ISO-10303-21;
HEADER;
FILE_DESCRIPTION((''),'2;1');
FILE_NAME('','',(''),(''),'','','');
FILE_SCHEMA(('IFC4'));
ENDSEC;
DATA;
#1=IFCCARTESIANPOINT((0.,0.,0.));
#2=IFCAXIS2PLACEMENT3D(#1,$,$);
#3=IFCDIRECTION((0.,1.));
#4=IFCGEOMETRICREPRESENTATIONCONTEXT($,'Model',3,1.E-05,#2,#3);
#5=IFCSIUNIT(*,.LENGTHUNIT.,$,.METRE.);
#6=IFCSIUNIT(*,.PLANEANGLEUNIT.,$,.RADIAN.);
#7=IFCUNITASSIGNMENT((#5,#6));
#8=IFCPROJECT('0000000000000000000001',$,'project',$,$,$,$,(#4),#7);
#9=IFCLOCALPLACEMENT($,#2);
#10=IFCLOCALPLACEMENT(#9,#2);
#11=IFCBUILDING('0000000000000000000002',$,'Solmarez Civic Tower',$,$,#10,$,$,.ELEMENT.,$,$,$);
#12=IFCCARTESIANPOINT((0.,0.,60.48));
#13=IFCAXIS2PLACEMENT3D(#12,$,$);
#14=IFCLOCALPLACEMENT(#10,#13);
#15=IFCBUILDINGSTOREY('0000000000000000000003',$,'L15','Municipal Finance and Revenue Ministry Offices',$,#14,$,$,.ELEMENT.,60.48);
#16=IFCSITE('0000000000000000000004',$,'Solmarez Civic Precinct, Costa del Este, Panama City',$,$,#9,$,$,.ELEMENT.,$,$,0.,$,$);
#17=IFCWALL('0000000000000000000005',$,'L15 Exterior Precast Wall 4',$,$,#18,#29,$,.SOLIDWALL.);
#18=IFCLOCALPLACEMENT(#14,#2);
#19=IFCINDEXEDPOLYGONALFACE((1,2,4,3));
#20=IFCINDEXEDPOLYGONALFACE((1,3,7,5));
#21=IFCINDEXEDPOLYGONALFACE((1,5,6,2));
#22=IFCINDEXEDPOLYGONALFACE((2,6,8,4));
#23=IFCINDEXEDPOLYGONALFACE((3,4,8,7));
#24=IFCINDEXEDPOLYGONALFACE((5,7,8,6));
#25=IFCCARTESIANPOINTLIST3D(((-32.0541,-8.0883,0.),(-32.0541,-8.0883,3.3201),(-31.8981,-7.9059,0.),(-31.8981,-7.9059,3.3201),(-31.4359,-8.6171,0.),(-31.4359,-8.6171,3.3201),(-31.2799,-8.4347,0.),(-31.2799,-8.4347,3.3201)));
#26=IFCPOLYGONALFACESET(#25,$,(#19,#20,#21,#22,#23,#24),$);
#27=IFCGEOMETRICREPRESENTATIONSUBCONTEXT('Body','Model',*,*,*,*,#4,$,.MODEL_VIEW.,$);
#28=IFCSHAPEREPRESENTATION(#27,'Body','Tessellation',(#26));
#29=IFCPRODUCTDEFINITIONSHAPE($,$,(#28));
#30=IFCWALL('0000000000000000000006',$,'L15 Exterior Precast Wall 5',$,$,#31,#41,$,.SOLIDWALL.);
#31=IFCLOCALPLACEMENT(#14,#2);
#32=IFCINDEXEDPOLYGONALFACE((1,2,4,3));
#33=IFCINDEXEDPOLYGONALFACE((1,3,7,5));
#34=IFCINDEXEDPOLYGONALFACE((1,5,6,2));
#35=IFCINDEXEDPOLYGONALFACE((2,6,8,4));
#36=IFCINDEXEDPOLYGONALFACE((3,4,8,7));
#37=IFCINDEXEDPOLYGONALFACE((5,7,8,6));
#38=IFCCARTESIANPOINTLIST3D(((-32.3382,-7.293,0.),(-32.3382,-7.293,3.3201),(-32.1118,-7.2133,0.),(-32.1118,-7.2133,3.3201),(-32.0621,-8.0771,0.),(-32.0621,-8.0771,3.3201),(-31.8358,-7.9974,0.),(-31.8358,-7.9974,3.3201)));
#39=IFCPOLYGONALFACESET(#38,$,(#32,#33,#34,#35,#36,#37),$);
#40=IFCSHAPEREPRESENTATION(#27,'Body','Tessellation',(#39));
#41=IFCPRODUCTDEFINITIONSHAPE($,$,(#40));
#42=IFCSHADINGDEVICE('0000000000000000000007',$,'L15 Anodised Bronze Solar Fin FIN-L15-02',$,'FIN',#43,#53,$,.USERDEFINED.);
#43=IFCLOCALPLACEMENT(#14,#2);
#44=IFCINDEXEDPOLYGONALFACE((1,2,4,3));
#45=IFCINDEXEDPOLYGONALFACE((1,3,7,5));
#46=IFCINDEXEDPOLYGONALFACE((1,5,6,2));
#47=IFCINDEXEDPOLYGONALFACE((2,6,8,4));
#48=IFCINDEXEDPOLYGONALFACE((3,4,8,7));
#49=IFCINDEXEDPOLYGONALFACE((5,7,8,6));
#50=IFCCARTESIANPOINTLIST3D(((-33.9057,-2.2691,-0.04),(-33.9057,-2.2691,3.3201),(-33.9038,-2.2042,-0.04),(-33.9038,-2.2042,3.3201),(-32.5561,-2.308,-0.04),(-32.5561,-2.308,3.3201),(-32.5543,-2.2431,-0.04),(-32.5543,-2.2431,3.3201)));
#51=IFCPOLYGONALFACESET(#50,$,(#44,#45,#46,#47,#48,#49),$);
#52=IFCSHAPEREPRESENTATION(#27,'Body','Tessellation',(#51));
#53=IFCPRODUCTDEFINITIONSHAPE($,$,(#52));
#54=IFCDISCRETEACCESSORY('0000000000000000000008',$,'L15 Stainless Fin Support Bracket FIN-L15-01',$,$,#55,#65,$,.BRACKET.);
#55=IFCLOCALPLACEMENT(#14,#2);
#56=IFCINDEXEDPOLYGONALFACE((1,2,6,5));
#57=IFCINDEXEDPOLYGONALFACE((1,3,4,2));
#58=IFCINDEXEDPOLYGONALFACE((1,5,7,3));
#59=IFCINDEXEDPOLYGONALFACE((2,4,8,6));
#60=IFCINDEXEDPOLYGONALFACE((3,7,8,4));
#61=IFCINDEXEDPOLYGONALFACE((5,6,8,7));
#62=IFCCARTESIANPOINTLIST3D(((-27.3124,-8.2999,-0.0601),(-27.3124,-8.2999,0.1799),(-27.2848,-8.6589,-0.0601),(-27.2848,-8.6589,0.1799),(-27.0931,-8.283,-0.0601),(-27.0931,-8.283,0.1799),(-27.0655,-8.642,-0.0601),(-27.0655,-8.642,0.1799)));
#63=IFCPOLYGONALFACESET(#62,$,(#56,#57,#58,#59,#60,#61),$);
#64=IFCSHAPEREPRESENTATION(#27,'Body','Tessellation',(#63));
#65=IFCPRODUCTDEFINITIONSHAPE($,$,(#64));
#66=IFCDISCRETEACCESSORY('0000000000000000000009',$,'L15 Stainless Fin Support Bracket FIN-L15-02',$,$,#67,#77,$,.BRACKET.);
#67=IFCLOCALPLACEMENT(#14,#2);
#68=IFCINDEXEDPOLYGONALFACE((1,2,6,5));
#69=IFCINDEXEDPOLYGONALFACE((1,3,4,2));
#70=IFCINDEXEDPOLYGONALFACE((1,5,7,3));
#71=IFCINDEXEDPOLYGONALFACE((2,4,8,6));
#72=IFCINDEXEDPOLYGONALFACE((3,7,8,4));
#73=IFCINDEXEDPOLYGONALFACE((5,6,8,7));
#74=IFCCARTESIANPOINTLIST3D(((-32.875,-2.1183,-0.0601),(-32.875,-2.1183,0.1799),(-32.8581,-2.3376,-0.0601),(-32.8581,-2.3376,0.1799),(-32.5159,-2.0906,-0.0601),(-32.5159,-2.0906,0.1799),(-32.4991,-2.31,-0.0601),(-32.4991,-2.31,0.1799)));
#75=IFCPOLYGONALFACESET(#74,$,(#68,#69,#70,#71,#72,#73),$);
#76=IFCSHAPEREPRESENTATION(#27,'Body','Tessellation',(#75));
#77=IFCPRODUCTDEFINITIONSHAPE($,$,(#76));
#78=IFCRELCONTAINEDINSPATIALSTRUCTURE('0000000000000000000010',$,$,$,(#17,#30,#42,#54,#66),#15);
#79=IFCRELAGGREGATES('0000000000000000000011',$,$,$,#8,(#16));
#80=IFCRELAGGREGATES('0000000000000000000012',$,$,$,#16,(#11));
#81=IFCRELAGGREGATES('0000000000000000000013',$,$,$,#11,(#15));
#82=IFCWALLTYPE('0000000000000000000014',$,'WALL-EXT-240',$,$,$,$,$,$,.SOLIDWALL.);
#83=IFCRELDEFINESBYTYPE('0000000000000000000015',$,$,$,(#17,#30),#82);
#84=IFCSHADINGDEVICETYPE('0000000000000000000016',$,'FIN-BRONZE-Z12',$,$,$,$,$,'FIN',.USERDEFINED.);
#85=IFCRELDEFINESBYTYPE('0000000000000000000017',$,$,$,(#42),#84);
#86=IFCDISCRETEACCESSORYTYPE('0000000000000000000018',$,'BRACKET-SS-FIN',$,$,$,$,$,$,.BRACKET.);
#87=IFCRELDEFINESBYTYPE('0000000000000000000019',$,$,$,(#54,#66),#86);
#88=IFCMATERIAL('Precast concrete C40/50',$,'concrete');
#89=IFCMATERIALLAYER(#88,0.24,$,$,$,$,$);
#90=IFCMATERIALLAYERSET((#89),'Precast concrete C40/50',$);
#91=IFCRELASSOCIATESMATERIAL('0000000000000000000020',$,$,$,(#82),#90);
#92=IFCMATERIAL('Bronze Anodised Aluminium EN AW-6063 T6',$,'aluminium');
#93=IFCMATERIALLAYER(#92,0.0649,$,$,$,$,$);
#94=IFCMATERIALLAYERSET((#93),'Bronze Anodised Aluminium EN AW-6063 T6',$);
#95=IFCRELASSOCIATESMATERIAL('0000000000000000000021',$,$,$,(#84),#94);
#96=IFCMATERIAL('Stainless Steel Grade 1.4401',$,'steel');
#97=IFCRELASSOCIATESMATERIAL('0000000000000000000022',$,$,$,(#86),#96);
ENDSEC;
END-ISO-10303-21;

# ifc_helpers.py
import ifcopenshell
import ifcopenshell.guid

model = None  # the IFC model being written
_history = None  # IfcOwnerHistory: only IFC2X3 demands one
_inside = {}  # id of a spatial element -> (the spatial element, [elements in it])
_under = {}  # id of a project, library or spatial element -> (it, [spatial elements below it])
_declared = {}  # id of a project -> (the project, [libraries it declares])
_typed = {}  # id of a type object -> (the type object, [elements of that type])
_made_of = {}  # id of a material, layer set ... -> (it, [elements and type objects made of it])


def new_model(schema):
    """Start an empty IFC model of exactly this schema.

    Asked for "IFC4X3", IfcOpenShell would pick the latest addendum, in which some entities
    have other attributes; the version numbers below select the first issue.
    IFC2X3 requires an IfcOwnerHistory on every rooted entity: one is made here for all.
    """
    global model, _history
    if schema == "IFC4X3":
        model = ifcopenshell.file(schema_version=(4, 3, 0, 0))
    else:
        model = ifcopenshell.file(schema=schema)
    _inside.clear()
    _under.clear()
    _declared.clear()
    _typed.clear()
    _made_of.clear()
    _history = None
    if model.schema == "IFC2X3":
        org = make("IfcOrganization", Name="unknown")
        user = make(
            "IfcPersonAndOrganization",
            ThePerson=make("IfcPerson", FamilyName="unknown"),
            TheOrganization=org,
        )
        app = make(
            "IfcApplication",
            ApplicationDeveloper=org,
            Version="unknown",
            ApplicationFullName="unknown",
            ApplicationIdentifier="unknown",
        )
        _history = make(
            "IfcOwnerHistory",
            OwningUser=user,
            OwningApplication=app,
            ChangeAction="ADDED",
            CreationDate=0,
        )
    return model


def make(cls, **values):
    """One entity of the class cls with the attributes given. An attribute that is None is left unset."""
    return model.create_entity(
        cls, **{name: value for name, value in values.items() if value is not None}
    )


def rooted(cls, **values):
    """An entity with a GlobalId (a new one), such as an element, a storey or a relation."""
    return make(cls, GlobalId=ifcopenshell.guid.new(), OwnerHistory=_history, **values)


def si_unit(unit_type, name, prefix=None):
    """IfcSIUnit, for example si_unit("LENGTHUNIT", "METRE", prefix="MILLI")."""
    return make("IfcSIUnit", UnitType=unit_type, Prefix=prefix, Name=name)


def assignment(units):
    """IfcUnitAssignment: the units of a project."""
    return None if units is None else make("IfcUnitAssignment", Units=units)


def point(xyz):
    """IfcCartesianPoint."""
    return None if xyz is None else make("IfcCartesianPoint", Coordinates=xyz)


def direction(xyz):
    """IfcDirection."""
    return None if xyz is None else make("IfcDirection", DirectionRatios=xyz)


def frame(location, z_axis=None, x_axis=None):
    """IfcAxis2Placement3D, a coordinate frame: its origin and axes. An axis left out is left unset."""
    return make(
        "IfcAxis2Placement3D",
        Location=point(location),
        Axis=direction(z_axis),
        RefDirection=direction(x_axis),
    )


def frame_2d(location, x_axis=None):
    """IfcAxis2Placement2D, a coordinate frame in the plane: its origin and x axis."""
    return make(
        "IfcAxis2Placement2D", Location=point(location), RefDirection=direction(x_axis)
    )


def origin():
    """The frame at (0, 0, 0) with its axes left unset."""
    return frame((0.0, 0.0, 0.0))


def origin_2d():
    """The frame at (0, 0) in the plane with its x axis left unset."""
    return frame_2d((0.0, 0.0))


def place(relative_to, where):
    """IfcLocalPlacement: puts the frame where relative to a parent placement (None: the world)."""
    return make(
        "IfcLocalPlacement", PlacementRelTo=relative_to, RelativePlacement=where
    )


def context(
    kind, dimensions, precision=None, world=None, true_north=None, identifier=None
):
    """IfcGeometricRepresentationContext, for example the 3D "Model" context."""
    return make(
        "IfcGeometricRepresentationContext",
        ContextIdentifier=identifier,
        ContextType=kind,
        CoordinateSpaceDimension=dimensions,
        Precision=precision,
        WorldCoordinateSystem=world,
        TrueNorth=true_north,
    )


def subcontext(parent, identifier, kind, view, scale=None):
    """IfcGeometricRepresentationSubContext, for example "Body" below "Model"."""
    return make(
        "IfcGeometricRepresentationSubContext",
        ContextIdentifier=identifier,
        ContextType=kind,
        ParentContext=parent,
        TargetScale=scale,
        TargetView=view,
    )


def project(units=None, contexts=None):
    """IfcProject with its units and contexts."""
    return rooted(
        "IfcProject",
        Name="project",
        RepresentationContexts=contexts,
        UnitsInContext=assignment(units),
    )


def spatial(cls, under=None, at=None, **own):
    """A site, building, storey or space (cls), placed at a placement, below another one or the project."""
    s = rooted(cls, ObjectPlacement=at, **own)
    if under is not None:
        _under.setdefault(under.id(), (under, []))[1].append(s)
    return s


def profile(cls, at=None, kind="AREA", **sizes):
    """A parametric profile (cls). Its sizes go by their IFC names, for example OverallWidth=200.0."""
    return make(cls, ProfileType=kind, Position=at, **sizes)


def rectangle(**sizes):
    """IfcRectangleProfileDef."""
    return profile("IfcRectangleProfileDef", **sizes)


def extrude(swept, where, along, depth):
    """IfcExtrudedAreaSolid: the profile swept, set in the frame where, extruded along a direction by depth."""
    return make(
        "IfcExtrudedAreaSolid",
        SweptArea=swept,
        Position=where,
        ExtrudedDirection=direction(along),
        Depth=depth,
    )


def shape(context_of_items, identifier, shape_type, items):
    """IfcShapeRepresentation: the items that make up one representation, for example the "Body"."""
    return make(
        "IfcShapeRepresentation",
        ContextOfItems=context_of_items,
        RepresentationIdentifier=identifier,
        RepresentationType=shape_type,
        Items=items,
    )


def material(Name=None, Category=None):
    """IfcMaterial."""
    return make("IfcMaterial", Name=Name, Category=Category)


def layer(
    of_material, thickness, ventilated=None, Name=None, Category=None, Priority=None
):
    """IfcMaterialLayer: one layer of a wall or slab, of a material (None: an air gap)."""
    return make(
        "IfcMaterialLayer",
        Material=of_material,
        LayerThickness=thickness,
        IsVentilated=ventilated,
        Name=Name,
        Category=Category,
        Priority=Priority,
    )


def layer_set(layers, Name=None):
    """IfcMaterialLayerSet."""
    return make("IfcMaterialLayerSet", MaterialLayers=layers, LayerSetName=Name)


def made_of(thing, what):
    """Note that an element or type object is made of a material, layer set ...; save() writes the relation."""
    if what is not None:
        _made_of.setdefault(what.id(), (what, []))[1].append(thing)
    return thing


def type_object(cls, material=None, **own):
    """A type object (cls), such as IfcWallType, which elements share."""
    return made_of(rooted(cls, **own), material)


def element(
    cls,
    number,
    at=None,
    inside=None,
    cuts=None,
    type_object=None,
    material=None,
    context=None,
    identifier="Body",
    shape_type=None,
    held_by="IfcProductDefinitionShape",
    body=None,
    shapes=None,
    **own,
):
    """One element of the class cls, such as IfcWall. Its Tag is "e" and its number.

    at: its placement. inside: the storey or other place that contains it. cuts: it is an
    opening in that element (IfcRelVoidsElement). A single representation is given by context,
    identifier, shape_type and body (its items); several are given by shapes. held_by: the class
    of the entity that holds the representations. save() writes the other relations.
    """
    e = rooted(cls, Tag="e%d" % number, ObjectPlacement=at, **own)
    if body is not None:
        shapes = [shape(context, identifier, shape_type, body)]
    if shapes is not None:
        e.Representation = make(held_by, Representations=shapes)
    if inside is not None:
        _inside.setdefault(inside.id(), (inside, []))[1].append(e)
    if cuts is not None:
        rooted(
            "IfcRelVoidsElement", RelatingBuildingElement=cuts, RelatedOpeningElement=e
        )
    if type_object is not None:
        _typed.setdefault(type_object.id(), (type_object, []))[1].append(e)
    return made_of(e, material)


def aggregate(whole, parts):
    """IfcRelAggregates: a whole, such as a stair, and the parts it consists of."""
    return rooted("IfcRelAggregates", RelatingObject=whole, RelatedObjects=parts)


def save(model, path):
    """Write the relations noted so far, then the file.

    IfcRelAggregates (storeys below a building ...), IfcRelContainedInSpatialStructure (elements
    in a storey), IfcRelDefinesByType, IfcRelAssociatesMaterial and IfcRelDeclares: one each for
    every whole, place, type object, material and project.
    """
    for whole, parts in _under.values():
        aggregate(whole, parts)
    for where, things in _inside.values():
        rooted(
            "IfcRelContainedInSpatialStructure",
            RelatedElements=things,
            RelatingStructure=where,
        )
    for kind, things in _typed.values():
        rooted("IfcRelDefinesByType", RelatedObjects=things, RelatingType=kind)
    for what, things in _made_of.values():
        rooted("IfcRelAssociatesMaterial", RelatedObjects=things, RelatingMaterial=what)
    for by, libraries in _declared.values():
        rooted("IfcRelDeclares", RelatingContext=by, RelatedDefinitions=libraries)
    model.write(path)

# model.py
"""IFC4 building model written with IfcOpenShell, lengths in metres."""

from ifc_helpers import new_model, si_unit, direction, frame, frame_2d, origin, origin_2d, place, context, subcontext, project, spatial, rectangle, extrude, material, layer, layer_set, type_object, element, save


model = new_model("IFC4")

# Units and contexts
model_context = context("Model", 3, precision=1e-05, world=origin(), true_north=direction((0.0, 1.0)))
body_context = subcontext(model_context, "Body", "Model", "MODEL_VIEW")
ifc_project = project(units=[si_unit("LENGTHUNIT", "METRE"), si_unit("PLANEANGLEUNIT", "RADIAN")], contexts=[model_context])

# Site, building, storey
site_placement = place(None, origin())
site = spatial("IfcSite", under=ifc_project, at=site_placement, Name="Solmarez Civic Precinct, Costa del Este, Panama City", CompositionType="ELEMENT", RefElevation=0.0)
building_placement = place(site_placement, origin())
building = spatial("IfcBuilding", under=site, at=building_placement, Name="Solmarez Civic Tower", CompositionType="ELEMENT")
storey_placement = place(building_placement, frame((0.0, 0.0, 60.48)))
storey = spatial("IfcBuildingStorey", under=building, at=storey_placement, Name="L15", Description="Municipal Finance and Revenue Ministry Offices", CompositionType="ELEMENT", Elevation=60.48)

# Shared definitions
ifc_material_1 = material(Name="Bronze Anodised Aluminium EN AW-6063 T6", Category="aluminium")

# Walls
ifc_material_2 = material(Name="Precast concrete C40/50", Category="concrete")
ifc_layer_1 = layer(ifc_material_2, 0.24)
ifc_layer_set_1 = layer_set([ifc_layer_1], Name="Precast concrete C40/50")
wall_type = type_object("IfcWallType", Name="WALL-EXT-240", PredefinedType="SOLIDWALL", material=ifc_layer_set_1)
wall_1_placement = place(storey_placement, frame((-31.3579, -8.5259, 0.0), z_axis=(0.0, 0.0, 1.0), x_axis=(-0.759892, 0.65005, 0.0)))
element("IfcWall", 1, at=wall_1_placement, inside=storey, type_object=wall_type, Name="L15 Exterior Precast Wall 4", PredefinedType="SOLIDWALL", context=body_context, shape_type="SweptSolid", body=[
    extrude(rectangle(XDim=0.8135, YDim=0.24, at=frame_2d((0.4067, 0.0))), origin(), (0.0, 0.0, 1.0), 3.3201),
])
wall_2_placement = place(storey_placement, frame((-31.949, -8.0371, 0.0), z_axis=(0.0, 0.0, 1.0), x_axis=(-0.332129, 0.943234, 0.0)))
element("IfcWall", 2, at=wall_2_placement, inside=storey, type_object=wall_type, Name="L15 Exterior Precast Wall 5", PredefinedType="SOLIDWALL", context=body_context, shape_type="SweptSolid", body=[
    extrude(rectangle(XDim=0.8313, YDim=0.24, at=frame_2d((0.4155, 0.0))), origin(), (0.0, 0.0, 1.0), 3.3201),
])

# Shading device
ifc_layer_2 = layer(ifc_material_1, 0.0649)
ifc_layer_set_2 = layer_set([ifc_layer_2], Name="Bronze Anodised Aluminium EN AW-6063 T6")
shading_device_type = type_object("IfcShadingDeviceType", Name="FIN-BRONZE-Z12", ElementType="FIN", PredefinedType="USERDEFINED", material=ifc_layer_set_2)
shading_device_placement = place(storey_placement, frame((-33.23, -2.2561, -0.04), z_axis=(0.0, 0.0, 1.0), x_axis=(-0.999586, 0.028759, 0.0)))
element("IfcShadingDevice", 3, at=shading_device_placement, inside=storey, type_object=shading_device_type, Name="L15 Anodised Bronze Solar Fin FIN-L15-02", ObjectType="FIN", PredefinedType="USERDEFINED", context=body_context, shape_type="SweptSolid", body=[
    extrude(rectangle(XDim=1.3501, YDim=0.0649, at=origin_2d()), origin(), (0.0, 0.0, 1.0), 3.3601),
])

# Discrete accessories
ifc_material_3 = material(Name="Stainless Steel Grade 1.4401", Category="steel")
discrete_accessory_type = type_object("IfcDiscreteAccessoryType", Name="BRACKET-SS-FIN", PredefinedType="BRACKET", material=ifc_material_3)
for number, where, z_axis, x_axis, name in (
    (4, (-27.189, -8.4709, -0.0601), (0.0, 0.0, 1.0), (0.076701, -0.997054, 0.0), "L15 Stainless Fin Support Bracket FIN-L15-01"),
    (5, (-32.687, -2.2141, -0.0601), (0.0, 0.0, 1.0), (-0.997053, -0.076712, 0.0), "L15 Stainless Fin Support Bracket FIN-L15-02"),
):
    element("IfcDiscreteAccessory", number, at=place(storey_placement, frame(where, z_axis=z_axis, x_axis=x_axis)), inside=storey, type_object=discrete_accessory_type, Name=name, PredefinedType="BRACKET", context=body_context, shape_type="SweptSolid", body=[
        extrude(rectangle(XDim=0.3601, YDim=0.22, at=origin_2d()), origin(), (0.0, 0.0, 1.0), 0.24),
    ])

save(model, "model.ifc")
